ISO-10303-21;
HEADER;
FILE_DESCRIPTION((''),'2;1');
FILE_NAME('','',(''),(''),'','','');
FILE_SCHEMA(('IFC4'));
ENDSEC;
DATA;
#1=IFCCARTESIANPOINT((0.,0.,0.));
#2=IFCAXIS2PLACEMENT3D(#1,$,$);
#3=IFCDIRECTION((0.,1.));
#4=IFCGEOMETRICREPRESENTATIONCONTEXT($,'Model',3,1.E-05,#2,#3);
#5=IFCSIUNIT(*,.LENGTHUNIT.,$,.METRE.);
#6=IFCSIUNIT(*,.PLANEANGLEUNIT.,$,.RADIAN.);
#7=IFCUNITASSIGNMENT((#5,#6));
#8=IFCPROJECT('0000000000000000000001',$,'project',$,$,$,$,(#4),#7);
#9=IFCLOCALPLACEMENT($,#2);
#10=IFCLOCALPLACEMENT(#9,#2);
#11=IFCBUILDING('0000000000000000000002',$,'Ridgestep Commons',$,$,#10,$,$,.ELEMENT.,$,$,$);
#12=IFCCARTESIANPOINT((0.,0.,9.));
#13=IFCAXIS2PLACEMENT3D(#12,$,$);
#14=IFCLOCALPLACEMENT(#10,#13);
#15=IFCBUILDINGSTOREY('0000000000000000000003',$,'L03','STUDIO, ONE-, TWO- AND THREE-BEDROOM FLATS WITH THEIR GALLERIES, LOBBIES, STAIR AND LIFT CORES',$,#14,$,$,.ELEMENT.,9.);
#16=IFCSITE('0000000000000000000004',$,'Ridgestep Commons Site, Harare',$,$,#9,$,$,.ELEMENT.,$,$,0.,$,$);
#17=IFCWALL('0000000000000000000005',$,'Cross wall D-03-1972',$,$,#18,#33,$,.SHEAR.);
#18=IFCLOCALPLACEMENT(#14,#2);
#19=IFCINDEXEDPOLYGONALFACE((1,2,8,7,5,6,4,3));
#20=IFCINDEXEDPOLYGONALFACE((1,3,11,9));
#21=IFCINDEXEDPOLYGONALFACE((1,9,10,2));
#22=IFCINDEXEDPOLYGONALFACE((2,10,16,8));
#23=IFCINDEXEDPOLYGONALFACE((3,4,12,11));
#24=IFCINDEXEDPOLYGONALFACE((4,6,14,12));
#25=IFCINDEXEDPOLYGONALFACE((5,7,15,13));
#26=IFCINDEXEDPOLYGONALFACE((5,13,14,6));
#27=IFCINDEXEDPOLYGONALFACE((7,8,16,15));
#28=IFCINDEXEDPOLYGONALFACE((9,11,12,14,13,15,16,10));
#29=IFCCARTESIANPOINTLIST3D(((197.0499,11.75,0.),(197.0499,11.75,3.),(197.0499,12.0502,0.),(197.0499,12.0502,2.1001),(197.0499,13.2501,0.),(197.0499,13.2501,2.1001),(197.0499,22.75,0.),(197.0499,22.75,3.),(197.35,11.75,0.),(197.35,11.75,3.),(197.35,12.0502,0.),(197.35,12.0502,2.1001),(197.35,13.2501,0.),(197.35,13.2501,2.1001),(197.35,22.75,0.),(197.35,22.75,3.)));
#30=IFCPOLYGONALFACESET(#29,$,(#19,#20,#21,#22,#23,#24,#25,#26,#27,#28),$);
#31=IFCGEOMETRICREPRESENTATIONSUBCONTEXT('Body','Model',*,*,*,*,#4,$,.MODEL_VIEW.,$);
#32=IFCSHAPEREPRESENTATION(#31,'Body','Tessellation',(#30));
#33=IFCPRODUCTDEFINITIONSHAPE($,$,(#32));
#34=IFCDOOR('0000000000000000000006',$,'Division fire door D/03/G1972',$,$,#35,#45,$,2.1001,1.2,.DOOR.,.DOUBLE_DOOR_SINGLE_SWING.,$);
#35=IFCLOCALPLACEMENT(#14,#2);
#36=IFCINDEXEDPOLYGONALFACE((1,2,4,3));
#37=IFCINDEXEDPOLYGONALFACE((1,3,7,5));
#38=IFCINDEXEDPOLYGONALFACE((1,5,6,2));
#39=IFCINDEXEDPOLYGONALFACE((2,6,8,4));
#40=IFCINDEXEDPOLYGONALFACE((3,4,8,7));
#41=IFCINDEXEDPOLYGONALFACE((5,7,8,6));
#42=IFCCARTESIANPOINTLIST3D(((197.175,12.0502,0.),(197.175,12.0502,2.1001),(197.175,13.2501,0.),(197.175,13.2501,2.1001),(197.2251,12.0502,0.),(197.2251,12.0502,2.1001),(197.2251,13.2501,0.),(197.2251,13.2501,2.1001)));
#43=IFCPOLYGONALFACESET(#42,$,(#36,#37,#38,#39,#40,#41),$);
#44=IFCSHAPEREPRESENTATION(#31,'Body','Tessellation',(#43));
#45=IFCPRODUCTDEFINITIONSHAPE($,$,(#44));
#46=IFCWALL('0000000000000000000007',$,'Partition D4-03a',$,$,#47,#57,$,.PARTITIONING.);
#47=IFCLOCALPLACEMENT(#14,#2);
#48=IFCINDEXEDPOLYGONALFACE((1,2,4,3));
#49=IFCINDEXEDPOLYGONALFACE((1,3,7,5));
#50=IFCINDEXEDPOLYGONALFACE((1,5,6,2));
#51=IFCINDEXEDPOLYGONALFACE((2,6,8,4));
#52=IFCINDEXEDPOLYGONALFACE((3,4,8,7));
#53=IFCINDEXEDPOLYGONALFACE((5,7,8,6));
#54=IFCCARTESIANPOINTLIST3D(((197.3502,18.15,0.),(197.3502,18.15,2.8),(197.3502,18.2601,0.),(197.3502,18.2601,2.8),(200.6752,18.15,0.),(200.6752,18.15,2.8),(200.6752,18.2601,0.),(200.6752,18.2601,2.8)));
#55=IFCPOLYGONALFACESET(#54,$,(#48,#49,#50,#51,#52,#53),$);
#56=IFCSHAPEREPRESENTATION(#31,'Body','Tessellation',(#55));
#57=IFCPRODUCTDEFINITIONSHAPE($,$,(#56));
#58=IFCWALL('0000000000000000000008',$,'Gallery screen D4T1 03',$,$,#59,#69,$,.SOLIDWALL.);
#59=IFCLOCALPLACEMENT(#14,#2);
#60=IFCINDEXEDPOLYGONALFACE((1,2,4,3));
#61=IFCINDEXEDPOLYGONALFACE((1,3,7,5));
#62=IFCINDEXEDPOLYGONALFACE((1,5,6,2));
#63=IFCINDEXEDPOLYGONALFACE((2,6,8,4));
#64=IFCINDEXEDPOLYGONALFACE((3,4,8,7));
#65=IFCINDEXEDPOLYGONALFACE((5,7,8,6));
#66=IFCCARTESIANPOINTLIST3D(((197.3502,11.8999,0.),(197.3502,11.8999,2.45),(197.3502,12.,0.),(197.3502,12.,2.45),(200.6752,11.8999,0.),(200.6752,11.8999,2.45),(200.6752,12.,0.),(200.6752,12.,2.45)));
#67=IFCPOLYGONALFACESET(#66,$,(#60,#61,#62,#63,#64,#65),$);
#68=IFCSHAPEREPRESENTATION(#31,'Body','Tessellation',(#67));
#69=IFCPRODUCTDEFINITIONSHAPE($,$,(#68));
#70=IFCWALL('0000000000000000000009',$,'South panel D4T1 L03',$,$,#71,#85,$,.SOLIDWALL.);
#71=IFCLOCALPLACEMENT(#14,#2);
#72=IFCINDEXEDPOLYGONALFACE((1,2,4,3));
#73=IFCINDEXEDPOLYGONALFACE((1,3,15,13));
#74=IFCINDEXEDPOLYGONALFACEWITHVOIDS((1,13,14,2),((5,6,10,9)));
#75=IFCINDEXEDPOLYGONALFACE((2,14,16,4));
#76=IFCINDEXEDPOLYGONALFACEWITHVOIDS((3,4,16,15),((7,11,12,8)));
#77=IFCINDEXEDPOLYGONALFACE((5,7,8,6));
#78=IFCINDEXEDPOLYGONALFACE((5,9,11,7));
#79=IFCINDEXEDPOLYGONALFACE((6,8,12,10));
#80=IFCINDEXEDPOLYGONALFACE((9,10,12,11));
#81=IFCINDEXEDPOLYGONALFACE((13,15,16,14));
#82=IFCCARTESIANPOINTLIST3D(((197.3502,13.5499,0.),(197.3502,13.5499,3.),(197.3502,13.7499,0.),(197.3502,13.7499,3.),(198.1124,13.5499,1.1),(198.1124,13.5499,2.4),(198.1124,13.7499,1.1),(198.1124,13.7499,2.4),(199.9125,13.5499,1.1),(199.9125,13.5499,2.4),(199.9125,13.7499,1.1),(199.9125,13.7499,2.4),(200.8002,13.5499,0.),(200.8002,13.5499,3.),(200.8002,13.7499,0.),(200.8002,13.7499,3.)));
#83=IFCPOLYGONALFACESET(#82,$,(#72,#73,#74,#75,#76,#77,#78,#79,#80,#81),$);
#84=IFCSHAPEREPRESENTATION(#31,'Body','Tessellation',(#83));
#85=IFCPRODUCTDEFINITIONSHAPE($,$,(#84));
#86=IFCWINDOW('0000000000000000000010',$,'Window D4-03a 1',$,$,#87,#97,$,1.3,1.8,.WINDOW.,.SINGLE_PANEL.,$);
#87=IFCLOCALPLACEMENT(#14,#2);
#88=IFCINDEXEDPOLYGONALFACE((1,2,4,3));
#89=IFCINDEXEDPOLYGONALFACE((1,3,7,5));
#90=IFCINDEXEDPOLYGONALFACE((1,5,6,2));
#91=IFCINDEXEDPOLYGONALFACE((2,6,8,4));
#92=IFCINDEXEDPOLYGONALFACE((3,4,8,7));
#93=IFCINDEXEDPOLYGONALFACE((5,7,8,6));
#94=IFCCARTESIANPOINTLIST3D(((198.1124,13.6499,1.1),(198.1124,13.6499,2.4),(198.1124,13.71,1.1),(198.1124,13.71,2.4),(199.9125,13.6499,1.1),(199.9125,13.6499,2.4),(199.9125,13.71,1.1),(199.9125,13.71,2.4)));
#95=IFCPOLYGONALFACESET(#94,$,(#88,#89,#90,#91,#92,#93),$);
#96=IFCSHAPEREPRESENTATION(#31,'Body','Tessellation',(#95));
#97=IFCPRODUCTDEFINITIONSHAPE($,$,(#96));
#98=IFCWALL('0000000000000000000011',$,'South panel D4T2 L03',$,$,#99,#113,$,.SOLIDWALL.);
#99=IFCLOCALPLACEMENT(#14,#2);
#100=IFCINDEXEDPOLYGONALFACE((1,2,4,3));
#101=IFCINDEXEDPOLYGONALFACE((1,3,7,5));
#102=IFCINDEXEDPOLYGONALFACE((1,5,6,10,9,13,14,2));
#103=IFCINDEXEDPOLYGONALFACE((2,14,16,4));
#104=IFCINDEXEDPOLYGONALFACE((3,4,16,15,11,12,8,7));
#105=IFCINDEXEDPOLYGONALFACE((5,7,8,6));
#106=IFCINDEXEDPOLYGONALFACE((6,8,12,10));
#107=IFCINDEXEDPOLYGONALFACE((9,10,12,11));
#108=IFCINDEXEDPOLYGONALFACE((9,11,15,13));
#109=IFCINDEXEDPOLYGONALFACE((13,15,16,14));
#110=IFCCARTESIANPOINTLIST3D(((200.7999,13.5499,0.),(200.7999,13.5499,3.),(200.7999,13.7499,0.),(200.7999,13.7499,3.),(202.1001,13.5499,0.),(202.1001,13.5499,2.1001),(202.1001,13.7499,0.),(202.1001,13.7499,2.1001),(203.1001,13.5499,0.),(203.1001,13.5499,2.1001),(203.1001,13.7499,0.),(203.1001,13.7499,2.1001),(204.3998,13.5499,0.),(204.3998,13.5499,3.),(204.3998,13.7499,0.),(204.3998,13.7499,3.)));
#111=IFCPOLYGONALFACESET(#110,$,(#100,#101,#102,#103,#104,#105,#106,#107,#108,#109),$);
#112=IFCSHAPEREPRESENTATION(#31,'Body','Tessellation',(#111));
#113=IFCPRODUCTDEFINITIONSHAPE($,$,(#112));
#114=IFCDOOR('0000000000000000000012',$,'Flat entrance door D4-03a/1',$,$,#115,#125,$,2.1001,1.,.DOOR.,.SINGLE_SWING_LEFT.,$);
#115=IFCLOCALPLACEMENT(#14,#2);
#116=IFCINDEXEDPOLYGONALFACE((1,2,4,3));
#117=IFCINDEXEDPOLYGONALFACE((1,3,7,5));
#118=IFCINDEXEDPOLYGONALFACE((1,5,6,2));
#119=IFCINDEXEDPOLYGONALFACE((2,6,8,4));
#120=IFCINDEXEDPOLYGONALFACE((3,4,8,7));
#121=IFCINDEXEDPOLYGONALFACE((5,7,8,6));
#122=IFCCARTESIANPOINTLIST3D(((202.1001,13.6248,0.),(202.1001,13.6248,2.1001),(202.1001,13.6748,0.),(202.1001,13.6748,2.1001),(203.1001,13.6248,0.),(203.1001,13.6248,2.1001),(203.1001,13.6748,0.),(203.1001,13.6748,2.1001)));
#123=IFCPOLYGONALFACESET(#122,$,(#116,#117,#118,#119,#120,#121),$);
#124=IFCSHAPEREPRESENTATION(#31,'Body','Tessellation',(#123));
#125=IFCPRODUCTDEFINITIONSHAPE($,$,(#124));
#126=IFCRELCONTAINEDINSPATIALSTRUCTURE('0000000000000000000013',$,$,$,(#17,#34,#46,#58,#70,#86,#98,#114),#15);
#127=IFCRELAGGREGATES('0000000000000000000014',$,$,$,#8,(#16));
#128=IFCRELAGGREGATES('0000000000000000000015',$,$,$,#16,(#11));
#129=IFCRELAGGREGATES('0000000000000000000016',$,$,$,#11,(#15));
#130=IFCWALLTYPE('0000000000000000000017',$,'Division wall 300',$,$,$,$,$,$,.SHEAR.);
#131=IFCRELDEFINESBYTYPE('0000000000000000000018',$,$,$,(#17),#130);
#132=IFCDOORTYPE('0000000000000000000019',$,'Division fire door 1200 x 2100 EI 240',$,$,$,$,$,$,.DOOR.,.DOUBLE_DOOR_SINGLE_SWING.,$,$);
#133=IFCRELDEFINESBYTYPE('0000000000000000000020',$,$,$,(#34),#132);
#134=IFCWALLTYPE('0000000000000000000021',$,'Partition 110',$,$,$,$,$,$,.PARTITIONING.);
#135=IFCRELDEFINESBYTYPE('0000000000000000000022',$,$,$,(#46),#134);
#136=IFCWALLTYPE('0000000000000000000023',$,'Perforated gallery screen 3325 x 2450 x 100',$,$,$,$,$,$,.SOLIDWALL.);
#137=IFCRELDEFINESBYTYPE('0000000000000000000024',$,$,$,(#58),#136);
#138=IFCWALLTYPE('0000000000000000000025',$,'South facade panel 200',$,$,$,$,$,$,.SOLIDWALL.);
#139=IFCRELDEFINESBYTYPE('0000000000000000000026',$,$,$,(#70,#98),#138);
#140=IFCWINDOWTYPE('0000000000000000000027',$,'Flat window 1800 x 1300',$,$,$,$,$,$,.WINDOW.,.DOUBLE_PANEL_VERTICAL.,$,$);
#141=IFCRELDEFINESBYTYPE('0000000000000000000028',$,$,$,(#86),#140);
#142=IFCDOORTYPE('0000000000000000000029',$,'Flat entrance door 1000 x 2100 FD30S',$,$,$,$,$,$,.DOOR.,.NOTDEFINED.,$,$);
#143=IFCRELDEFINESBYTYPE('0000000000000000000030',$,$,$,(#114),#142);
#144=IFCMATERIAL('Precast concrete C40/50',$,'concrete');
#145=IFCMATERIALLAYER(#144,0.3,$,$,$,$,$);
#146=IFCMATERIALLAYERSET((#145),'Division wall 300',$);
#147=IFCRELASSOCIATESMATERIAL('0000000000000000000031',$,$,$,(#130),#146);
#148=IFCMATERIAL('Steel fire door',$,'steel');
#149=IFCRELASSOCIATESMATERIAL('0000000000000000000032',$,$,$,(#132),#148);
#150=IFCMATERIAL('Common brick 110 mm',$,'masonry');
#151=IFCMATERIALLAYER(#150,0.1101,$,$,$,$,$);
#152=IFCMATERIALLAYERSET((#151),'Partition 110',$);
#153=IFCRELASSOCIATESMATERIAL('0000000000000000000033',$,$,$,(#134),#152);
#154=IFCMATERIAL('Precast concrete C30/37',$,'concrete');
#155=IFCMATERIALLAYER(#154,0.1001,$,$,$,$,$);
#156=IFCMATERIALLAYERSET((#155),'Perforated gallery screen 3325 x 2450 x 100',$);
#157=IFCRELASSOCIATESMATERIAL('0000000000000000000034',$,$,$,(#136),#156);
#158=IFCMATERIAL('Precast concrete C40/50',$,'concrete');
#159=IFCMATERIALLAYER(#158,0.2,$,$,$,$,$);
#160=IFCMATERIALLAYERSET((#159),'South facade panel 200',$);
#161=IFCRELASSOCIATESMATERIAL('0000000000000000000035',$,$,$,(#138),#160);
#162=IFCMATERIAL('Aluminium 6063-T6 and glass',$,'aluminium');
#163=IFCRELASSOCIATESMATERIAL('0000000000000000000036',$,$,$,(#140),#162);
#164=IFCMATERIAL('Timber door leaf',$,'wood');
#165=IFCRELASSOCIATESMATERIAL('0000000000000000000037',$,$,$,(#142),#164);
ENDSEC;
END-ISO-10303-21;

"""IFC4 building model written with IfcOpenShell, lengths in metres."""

from ifc_helpers import new_model, si_unit, direction, frame, frame_2d, origin, place, context, subcontext, project, spatial, rectangle, extrude, material, layer, layer_set, type_object, element, fill, save


model = new_model("IFC4")

# Units and contexts
model_context = context("Model", 3, precision=1e-05, world=origin(), true_north=direction((0.0, 1.0)))
body_context = subcontext(model_context, "Body", "Model", "MODEL_VIEW")
ifc_project = project(units=[si_unit("LENGTHUNIT", "METRE"), si_unit("PLANEANGLEUNIT", "RADIAN")], contexts=[model_context])

# Site, building, storey
site_placement = place(None, origin())
site = spatial("IfcSite", under=ifc_project, at=site_placement, Name="Ridgestep Commons Site, Harare", CompositionType="ELEMENT", RefElevation=0.0)
building_placement = place(site_placement, origin())
building = spatial("IfcBuilding", under=site, at=building_placement, Name="Ridgestep Commons", CompositionType="ELEMENT")
storey_placement = place(building_placement, frame((0.0, 0.0, 9.0)))
storey = spatial("IfcBuildingStorey", under=building, at=storey_placement, Name="L03", Description="STUDIO, ONE-, TWO- AND THREE-BEDROOM FLATS WITH THEIR GALLERIES, LOBBIES, STAIR AND LIFT CORES", CompositionType="ELEMENT", Elevation=9.0)

# Wall, opening, door
ifc_material_1 = material(Name="Precast concrete C40/50", Category="concrete")
ifc_layer_1 = layer(ifc_material_1, 0.3)
ifc_layer_set_1 = layer_set([ifc_layer_1], Name="Division wall 300")
wall_type_1 = type_object("IfcWallType", Name="Division wall 300", PredefinedType="SHEAR", material=ifc_layer_set_1)
wall_1_placement = place(storey_placement, frame((197.2, 11.75, 0.0), z_axis=(0.0, 0.0, 1.0), x_axis=(0.0, 1.0, 0.0)))
wall_1 = element("IfcWall", 1, at=wall_1_placement, inside=storey, type_object=wall_type_1, Name="Cross wall D-03-1972", PredefinedType="SHEAR", context=body_context, shape_type="SweptSolid", body=[
    extrude(rectangle(XDim=11.0, YDim=0.3, at=frame_2d((5.5, 0.0))), origin(), (0.0, 0.0, 1.0), 3.0),
])
opening_1_placement = place(wall_1_placement, frame((0.3, 0.0, 0.0)))
opening_1 = element("IfcOpeningElement", 2, at=opening_1_placement, cuts=wall_1, PredefinedType="OPENING", context=body_context, shape_type="SweptSolid", body=[
    extrude(rectangle(XDim=1.2, YDim=2.1001, at=frame_2d((0.6001, 1.05))), frame((0.0, 0.1599, 0.0), z_axis=(0.0, -1.0, 0.0), x_axis=(1.0, 0.0, 0.0)), (0.0, 0.0, 1.0), 0.3201),
])
ifc_material_2 = material(Name="Steel fire door", Category="steel")
door_type_1 = type_object("IfcDoorType", Name="Division fire door 1200 x 2100 EI 240", OperationType="DOUBLE_DOOR_SINGLE_SWING", PredefinedType="DOOR", material=ifc_material_2)
door_1_placement = place(opening_1_placement, origin())
door_1 = element("IfcDoor", 3, at=door_1_placement, inside=storey, type_object=door_type_1, Name="Division fire door D/03/G1972", OperationType="DOUBLE_DOOR_SINGLE_SWING", OverallHeight=2.1001, OverallWidth=1.2, PredefinedType="DOOR", context=body_context, shape_type="SweptSolid", body=[
    extrude(rectangle(XDim=1.2, YDim=2.1001, at=frame_2d((0.6001, 1.05))), frame((0.0, 0.0249, 0.0), z_axis=(0.0, -1.0, 0.0), x_axis=(1.0, 0.0, 0.0)), (0.0, 0.0, 1.0), 0.05),
])
fill(opening_1, door_1)

# Walls
ifc_material_3 = material(Name="Common brick 110 mm", Category="masonry")
ifc_layer_2 = layer(ifc_material_3, 0.1101)
ifc_layer_set_2 = layer_set([ifc_layer_2], Name="Partition 110")
wall_type_2 = type_object("IfcWallType", Name="Partition 110", PredefinedType="PARTITIONING", material=ifc_layer_set_2)
wall_2_placement = place(storey_placement, frame((197.3501, 18.2051, 0.0), z_axis=(0.0, 0.0, 1.0), x_axis=(1.0, 0.0, 0.0)))
element("IfcWall", 4, at=wall_2_placement, inside=storey, type_object=wall_type_2, Name="Partition D4-03a", PredefinedType="PARTITIONING", context=body_context, shape_type="SweptSolid", body=[
    extrude(rectangle(XDim=3.325, YDim=0.1101, at=frame_2d((1.6626, 0.0))), origin(), (0.0, 0.0, 1.0), 2.8),
])
ifc_material_4 = material(Name="Precast concrete C30/37", Category="concrete")
ifc_layer_3 = layer(ifc_material_4, 0.1001)
ifc_layer_set_3 = layer_set([ifc_layer_3], Name="Perforated gallery screen 3325 x 2450 x 100")
wall_type_3 = type_object("IfcWallType", Name="Perforated gallery screen 3325 x 2450 x 100", PredefinedType="SOLIDWALL", material=ifc_layer_set_3)
wall_3_placement = place(storey_placement, frame((197.3501, 11.95, 0.0), z_axis=(0.0, 0.0, 1.0), x_axis=(1.0, 0.0, 0.0)))
element("IfcWall", 5, at=wall_3_placement, inside=storey, type_object=wall_type_3, Name="Gallery screen D4T1 03", PredefinedType="SOLIDWALL", context=body_context, shape_type="SweptSolid", body=[
    extrude(rectangle(XDim=3.325, YDim=0.1001, at=frame_2d((1.6626, 0.0))), origin(), (0.0, 0.0, 1.0), 2.45),
])

# Wall, opening, window
ifc_material_5 = material(Name="Precast concrete C40/50", Category="concrete")
ifc_layer_4 = layer(ifc_material_5, 0.2)
ifc_layer_set_4 = layer_set([ifc_layer_4], Name="South facade panel 200")
wall_type_4 = type_object("IfcWallType", Name="South facade panel 200", PredefinedType="SOLIDWALL", material=ifc_layer_set_4)
wall_4_placement = place(storey_placement, frame((197.3501, 13.6499, 0.0), z_axis=(0.0, 0.0, 1.0), x_axis=(1.0, 0.0, 0.0)))
wall_4 = element("IfcWall", 6, at=wall_4_placement, inside=storey, type_object=wall_type_4, Name="South panel D4T1 L03", PredefinedType="SOLIDWALL", context=body_context, shape_type="SweptSolid", body=[
    extrude(rectangle(XDim=3.45, YDim=0.2, at=frame_2d((1.7251, 0.0))), origin(), (0.0, 0.0, 1.0), 3.0),
])
opening_2_placement = place(wall_4_placement, frame((0.7625, 0.0, 1.1001)))
opening_2 = element("IfcOpeningElement", 7, at=opening_2_placement, cuts=wall_4, PredefinedType="OPENING", context=body_context, shape_type="SweptSolid", body=[
    extrude(rectangle(XDim=1.8, YDim=1.3, at=frame_2d((0.8999, 0.6499))), frame((0.0, 0.1099, 0.0), z_axis=(0.0, -1.0, 0.0), x_axis=(1.0, 0.0, 0.0)), (0.0, 0.0, 1.0), 0.22),
])
ifc_material_6 = material(Name="Aluminium 6063-T6 and glass", Category="aluminium")
window_type = type_object("IfcWindowType", Name="Flat window 1800 x 1300", PartitioningType="DOUBLE_PANEL_VERTICAL", PredefinedType="WINDOW", material=ifc_material_6)
window_placement = place(opening_2_placement, origin())
window = element("IfcWindow", 8, at=window_placement, inside=storey, type_object=window_type, Name="Window D4-03a 1", OverallHeight=1.3, OverallWidth=1.8, PartitioningType="SINGLE_PANEL", PredefinedType="WINDOW", context=body_context, shape_type="SweptSolid", body=[
    extrude(rectangle(XDim=1.8, YDim=1.3, at=frame_2d((0.8999, 0.6499))), frame((0.0, 0.0601, 0.0), z_axis=(0.0, -1.0, 0.0), x_axis=(1.0, 0.0, 0.0)), (0.0, 0.0, 1.0), 0.0601),
])
fill(opening_2, window)

# Wall, opening, door
wall_5_placement = place(storey_placement, frame((200.8, 13.6499, 0.0), z_axis=(0.0, 0.0, 1.0), x_axis=(1.0, 0.0, 0.0)))
wall_5 = element("IfcWall", 9, at=wall_5_placement, inside=storey, type_object=wall_type_4, Name="South panel D4T2 L03", PredefinedType="SOLIDWALL", context=body_context, shape_type="SweptSolid", body=[
    extrude(rectangle(XDim=3.5999, YDim=0.2, at=frame_2d((1.7998, 0.0))), origin(), (0.0, 0.0, 1.0), 3.0),
])
opening_3_placement = place(wall_5_placement, frame((1.3, 0.0, 0.0)))
opening_3 = element("IfcOpeningElement", 10, at=opening_3_placement, cuts=wall_5, PredefinedType="OPENING", context=body_context, shape_type="SweptSolid", body=[
    extrude(rectangle(XDim=1.0, YDim=2.1001, at=frame_2d((0.5, 1.05))), frame((0.0, 0.1099, 0.0), z_axis=(0.0, -1.0, 0.0), x_axis=(1.0, 0.0, 0.0)), (0.0, 0.0, 1.0), 0.22),
])
ifc_material_7 = material(Name="Timber door leaf", Category="wood")
door_type_2 = type_object("IfcDoorType", Name="Flat entrance door 1000 x 2100 FD30S", OperationType="NOTDEFINED", PredefinedType="DOOR", material=ifc_material_7)
door_2_placement = place(opening_3_placement, origin())
door_2 = element("IfcDoor", 11, at=door_2_placement, inside=storey, type_object=door_type_2, Name="Flat entrance door D4-03a/1", OperationType="SINGLE_SWING_LEFT", OverallHeight=2.1001, OverallWidth=1.0, PredefinedType="DOOR", context=body_context, shape_type="SweptSolid", body=[
    extrude(rectangle(XDim=1.0, YDim=2.1001, at=frame_2d((0.5, 1.05))), frame((0.0, 0.0249, 0.0), z_axis=(0.0, -1.0, 0.0), x_axis=(1.0, 0.0, 0.0)), (0.0, 0.0, 1.0), 0.05),
])
fill(opening_3, door_2)

save(model, "model.ifc")
